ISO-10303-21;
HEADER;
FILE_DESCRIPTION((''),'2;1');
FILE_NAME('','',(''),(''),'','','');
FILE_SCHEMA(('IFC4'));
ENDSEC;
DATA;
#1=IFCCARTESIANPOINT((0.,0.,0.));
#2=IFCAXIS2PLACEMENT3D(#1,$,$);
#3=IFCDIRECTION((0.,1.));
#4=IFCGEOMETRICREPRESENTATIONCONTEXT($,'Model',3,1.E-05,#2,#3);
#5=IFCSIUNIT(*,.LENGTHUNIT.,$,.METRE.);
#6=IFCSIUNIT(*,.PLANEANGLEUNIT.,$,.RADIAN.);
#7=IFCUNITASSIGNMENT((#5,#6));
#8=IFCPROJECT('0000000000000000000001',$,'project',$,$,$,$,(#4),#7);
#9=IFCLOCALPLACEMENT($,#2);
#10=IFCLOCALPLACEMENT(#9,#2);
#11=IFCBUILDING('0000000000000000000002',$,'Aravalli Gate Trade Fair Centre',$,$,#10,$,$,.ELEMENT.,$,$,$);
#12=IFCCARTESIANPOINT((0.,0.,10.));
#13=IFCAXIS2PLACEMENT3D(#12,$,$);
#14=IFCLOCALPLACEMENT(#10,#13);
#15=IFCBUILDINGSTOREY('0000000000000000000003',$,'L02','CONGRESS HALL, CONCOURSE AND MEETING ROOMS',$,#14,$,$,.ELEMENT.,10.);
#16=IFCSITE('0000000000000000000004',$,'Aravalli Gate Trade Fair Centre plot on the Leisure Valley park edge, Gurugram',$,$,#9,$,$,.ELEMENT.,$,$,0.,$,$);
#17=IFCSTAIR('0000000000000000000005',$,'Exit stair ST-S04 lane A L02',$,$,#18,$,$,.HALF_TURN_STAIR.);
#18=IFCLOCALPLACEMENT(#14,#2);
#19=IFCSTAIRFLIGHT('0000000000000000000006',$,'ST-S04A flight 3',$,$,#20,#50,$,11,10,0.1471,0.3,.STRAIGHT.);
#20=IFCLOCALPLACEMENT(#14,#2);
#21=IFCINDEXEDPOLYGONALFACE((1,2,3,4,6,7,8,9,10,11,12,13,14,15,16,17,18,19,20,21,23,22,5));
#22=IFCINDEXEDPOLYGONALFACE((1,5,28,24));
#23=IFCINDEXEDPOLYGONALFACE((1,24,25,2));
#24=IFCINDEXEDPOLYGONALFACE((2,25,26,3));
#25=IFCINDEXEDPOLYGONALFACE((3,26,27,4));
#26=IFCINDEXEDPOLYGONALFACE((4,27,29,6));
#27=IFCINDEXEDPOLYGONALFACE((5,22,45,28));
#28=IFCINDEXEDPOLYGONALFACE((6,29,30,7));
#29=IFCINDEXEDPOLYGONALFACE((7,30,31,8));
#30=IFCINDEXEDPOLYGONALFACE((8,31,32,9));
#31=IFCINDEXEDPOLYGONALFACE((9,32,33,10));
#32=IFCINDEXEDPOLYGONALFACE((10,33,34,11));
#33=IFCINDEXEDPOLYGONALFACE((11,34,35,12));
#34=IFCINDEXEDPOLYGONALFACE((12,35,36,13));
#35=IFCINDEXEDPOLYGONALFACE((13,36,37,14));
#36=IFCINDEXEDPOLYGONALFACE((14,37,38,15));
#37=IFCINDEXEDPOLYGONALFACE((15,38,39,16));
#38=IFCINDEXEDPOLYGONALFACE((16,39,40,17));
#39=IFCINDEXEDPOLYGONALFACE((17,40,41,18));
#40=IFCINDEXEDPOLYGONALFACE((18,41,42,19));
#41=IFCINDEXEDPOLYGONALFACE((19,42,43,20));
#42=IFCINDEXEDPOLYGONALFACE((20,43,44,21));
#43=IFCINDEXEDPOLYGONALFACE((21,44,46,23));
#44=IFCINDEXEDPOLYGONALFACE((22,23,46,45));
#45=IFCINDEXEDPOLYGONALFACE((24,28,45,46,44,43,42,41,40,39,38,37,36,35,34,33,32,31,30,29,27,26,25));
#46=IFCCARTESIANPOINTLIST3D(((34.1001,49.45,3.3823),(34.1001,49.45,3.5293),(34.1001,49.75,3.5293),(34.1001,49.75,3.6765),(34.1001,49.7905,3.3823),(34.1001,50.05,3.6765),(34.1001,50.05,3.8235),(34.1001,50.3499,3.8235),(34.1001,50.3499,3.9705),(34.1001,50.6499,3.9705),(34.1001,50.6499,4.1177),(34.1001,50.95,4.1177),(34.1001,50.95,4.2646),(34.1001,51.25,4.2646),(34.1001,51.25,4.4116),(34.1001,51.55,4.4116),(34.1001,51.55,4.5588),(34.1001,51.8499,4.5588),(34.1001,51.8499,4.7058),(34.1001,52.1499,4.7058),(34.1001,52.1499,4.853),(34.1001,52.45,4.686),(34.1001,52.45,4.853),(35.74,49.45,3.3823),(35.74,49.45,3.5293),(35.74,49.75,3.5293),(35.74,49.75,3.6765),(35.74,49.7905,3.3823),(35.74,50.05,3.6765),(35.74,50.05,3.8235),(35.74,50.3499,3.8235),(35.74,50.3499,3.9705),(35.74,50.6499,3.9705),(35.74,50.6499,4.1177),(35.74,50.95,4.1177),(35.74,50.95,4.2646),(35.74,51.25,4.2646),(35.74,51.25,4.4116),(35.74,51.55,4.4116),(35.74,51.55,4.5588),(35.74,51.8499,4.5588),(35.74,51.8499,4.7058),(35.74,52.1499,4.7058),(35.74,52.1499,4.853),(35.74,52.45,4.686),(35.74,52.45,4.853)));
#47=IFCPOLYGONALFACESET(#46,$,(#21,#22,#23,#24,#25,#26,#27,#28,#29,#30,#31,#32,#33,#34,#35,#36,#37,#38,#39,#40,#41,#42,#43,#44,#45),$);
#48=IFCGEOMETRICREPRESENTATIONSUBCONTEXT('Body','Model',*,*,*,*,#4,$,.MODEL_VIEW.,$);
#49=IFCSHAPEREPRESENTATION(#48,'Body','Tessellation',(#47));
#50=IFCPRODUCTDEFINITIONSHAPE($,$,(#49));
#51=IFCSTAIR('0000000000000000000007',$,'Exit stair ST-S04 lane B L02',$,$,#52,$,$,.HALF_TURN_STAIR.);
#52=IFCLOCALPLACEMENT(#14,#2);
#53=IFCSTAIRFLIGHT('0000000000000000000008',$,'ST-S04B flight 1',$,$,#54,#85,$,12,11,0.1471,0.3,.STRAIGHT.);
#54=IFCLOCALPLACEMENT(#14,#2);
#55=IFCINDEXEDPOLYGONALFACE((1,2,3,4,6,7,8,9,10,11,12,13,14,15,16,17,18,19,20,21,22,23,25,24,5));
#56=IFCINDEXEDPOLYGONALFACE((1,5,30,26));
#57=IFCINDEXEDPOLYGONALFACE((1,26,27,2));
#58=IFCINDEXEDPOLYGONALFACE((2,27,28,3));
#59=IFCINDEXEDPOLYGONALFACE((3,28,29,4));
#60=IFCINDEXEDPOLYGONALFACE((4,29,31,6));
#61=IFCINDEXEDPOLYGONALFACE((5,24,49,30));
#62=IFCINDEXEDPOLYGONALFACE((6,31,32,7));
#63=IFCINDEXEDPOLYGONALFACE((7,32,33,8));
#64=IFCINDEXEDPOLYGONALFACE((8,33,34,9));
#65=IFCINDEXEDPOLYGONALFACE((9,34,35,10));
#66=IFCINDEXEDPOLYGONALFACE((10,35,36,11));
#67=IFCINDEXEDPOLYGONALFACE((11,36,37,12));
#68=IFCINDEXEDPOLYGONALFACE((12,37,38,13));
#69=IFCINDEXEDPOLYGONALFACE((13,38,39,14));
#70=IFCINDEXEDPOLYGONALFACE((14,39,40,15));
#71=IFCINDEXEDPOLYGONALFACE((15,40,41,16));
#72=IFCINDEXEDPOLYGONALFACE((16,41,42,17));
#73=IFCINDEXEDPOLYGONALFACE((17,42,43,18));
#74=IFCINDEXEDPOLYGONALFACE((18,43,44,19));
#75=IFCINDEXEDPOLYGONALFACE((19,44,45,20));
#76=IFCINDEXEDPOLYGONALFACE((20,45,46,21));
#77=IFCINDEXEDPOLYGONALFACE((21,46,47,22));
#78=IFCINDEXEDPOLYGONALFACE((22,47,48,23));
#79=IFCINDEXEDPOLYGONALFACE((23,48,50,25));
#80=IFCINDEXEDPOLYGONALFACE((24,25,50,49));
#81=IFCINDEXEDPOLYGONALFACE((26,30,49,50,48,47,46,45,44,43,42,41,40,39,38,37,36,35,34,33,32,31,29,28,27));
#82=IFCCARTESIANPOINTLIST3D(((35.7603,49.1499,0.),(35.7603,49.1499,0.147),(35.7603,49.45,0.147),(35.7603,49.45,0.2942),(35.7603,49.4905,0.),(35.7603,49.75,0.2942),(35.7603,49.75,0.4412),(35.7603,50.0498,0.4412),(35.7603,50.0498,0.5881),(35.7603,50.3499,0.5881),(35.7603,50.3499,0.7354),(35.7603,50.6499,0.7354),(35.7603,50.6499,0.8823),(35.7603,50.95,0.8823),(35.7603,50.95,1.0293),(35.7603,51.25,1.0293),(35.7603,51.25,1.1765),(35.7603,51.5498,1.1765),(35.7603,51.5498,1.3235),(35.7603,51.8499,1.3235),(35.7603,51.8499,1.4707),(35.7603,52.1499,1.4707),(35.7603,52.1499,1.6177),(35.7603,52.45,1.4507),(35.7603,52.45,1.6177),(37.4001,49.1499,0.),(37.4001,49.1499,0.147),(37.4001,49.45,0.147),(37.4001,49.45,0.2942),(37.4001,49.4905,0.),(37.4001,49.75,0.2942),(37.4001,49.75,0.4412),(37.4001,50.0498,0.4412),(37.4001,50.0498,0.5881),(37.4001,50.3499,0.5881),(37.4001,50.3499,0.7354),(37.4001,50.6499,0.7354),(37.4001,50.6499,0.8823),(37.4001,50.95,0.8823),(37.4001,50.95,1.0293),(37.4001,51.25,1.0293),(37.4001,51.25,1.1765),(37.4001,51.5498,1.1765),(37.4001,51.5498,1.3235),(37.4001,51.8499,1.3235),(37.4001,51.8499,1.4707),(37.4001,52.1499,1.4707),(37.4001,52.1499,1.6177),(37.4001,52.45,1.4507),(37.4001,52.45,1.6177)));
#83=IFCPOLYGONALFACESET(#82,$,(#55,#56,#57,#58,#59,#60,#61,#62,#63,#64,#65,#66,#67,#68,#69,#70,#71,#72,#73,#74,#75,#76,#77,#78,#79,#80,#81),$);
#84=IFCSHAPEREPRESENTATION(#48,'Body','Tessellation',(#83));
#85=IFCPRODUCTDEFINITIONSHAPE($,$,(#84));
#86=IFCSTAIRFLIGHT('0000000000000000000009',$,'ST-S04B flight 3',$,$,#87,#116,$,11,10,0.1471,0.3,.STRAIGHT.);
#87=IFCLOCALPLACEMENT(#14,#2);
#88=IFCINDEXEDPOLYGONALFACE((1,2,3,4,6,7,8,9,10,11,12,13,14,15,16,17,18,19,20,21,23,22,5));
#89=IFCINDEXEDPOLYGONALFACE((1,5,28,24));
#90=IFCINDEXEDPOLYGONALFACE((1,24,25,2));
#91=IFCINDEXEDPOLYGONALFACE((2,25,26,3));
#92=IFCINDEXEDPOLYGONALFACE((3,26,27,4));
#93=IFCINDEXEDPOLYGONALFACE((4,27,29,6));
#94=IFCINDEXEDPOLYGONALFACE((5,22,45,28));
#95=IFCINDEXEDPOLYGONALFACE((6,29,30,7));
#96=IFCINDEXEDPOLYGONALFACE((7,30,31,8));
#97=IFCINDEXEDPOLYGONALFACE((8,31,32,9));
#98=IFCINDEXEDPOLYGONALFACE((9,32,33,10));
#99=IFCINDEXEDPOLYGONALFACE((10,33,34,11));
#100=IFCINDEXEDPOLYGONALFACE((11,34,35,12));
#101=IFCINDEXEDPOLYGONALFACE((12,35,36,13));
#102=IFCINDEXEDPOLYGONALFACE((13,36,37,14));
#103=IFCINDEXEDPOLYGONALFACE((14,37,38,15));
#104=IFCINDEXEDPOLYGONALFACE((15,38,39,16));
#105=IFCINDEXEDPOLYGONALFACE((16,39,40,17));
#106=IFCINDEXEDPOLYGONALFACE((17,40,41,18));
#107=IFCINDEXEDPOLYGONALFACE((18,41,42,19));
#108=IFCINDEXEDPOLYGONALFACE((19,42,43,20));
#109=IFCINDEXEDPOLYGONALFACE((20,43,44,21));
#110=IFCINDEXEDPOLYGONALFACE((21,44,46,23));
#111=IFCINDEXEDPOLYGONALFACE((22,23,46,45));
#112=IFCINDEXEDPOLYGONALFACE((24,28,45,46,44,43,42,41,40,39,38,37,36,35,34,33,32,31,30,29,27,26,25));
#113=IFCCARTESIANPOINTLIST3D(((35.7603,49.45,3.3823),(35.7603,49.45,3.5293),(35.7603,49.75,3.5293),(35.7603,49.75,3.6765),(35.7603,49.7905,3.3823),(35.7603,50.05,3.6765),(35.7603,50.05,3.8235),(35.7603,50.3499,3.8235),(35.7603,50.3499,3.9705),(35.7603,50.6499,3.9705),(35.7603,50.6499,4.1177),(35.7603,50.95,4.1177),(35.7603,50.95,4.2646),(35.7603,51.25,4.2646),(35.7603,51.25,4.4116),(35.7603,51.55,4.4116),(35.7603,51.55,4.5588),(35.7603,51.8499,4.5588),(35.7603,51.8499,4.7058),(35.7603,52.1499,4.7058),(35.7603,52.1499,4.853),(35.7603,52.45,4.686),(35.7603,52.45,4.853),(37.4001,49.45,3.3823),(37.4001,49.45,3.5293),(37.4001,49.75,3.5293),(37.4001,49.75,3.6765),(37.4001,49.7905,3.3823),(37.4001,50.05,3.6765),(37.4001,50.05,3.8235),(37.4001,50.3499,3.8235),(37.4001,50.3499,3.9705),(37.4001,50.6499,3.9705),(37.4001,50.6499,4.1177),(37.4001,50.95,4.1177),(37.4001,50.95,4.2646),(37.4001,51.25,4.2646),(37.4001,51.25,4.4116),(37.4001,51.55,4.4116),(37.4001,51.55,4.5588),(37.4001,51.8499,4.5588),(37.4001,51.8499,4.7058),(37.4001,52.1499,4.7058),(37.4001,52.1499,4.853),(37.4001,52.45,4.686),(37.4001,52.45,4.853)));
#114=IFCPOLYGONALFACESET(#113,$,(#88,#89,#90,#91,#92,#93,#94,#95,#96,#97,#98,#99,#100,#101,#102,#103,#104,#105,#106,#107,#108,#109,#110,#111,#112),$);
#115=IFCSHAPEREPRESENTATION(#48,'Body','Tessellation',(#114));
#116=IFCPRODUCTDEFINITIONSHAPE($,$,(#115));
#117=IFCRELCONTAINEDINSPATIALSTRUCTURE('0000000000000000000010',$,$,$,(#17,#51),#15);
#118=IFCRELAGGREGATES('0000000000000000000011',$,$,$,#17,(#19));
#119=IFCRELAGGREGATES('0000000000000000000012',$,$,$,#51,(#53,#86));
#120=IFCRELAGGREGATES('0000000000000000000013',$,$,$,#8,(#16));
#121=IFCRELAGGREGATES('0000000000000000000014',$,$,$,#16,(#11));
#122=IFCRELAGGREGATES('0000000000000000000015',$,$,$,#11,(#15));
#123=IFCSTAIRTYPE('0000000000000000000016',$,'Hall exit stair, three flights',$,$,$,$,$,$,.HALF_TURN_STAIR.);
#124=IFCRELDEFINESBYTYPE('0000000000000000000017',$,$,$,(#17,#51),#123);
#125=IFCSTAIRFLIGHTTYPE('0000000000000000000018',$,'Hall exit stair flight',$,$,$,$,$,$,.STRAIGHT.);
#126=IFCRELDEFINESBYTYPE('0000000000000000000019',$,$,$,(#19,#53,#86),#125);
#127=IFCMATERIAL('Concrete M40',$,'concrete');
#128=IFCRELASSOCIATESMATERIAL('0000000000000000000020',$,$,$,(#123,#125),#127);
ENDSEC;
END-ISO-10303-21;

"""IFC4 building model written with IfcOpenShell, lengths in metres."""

from ifc_helpers import new_model, si_unit, direction, frame, origin, place, context, subcontext, project, spatial, polyline, outline, extrude, material, type_object, element, aggregate, save


model = new_model("IFC4")

# Units and contexts
model_context = context("Model", 3, precision=1e-05, world=origin(), true_north=direction((0.0, 1.0)))
body_context = subcontext(model_context, "Body", "Model", "MODEL_VIEW")
ifc_project = project(units=[si_unit("LENGTHUNIT", "METRE"), si_unit("PLANEANGLEUNIT", "RADIAN")], contexts=[model_context])

# Site, building, storey
site_placement = place(None, origin())
site = spatial("IfcSite", under=ifc_project, at=site_placement, Name="Aravalli Gate Trade Fair Centre plot on the Leisure Valley park edge, Gurugram", CompositionType="ELEMENT", RefElevation=0.0)
building_placement = place(site_placement, origin())
building = spatial("IfcBuilding", under=site, at=building_placement, Name="Aravalli Gate Trade Fair Centre", CompositionType="ELEMENT")
storey_placement = place(building_placement, frame((0.0, 0.0, 10.0)))
storey = spatial("IfcBuildingStorey", under=building, at=storey_placement, Name="L02", Description="CONGRESS HALL, CONCOURSE AND MEETING ROOMS", CompositionType="ELEMENT", Elevation=10.0)

# Stairs, stair flights
ifc_material_1 = material(Name="Concrete M40", Category="concrete")
stair_type = type_object("IfcStairType", Name="Hall exit stair, three flights", PredefinedType="HALF_TURN_STAIR", material=ifc_material_1)
stair_1_placement = place(storey_placement, origin())
stair_1 = element("IfcStair", 1, at=stair_1_placement, inside=storey, type_object=stair_type, Name="Exit stair ST-S04 lane A L02", PredefinedType="HALF_TURN_STAIR")
stair_flight_type = type_object("IfcStairFlightType", Name="Hall exit stair flight", PredefinedType="STRAIGHT", material=ifc_material_1)
stair_flight_1_placement = place(storey_placement, frame((34.9199, 49.45, 3.3823), z_axis=(0.0, 0.0, 1.0), x_axis=(0.0, 1.0, 0.0)))
stair_flight_1 = element("IfcStairFlight", 2, at=stair_flight_1_placement, type_object=stair_flight_type, Name="ST-S04A flight 3", NumberOfRisers=11, NumberOfTreads=10, PredefinedType="STRAIGHT", RiserHeight=0.1471, TreadLength=0.3, context=body_context, shape_type="SweptSolid", body=[
    extrude(outline(polyline([(0.0, 0.0), (0.0, 0.147), (0.3, 0.147), (0.3, 0.2942), (0.6001, 0.2942), (0.6001, 0.4412), (0.8999, 0.4412), (0.8999, 0.5881), (1.2, 0.5881), (1.2, 0.7354), (1.5, 0.7354), (1.5, 0.8823), (1.8, 0.8823), (1.8, 1.0293), (2.1001, 1.0293), (2.1001, 1.1765), (2.3999, 1.1765), (2.3999, 1.3235), (2.7, 1.3235), (2.7, 1.4707), (3.0, 1.4707), (3.0, 1.6177), (3.0, 1.3037), (0.3406, 0.0), (0.0, 0.0)])), frame((0.0, 0.8198, 0.0), z_axis=(0.0, -1.0, 0.0), x_axis=(1.0, 0.0, 0.0)), (0.0, 0.0, 1.0), 1.6399),
])
aggregate(stair_1, [stair_flight_1])
stair_2_placement = place(storey_placement, origin())
stair_2 = element("IfcStair", 3, at=stair_2_placement, inside=storey, type_object=stair_type, Name="Exit stair ST-S04 lane B L02", PredefinedType="HALF_TURN_STAIR")
stair_flight_2_placement = place(storey_placement, frame((36.5801, 49.1499, 0.0), z_axis=(0.0, 0.0, 1.0), x_axis=(0.0, 1.0, 0.0)))
stair_flight_2 = element("IfcStairFlight", 4, at=stair_flight_2_placement, type_object=stair_flight_type, Name="ST-S04B flight 1", NumberOfRisers=12, NumberOfTreads=11, PredefinedType="STRAIGHT", RiserHeight=0.1471, TreadLength=0.3, context=body_context, shape_type="SweptSolid", body=[
    extrude(outline(polyline([(0.0, 0.0), (0.0, 0.147), (0.3, 0.147), (0.3, 0.2942), (0.6001, 0.2942), (0.6001, 0.4412), (0.8999, 0.4412), (0.8999, 0.5881), (1.2, 0.5881), (1.2, 0.7354), (1.5, 0.7354), (1.5, 0.8823), (1.8, 0.8823), (1.8, 1.0293), (2.1001, 1.0293), (2.1001, 1.1765), (2.3999, 1.1765), (2.3999, 1.3235), (2.7, 1.3235), (2.7, 1.4707), (3.0, 1.4707), (3.0, 1.6177), (3.3, 1.6177), (3.3, 1.7646), (3.3, 1.4507), (0.3406, 0.0), (0.0, 0.0)])), frame((0.0, 0.8198, 0.0), z_axis=(0.0, -1.0, 0.0), x_axis=(1.0, 0.0, 0.0)), (0.0, 0.0, 1.0), 1.6399),
])
stair_flight_3_placement = place(storey_placement, frame((36.5801, 49.45, 3.3823), z_axis=(0.0, 0.0, 1.0), x_axis=(0.0, 1.0, 0.0)))
stair_flight_3 = element("IfcStairFlight", 5, at=stair_flight_3_placement, type_object=stair_flight_type, Name="ST-S04B flight 3", NumberOfRisers=11, NumberOfTreads=10, PredefinedType="STRAIGHT", RiserHeight=0.1471, TreadLength=0.3, context=body_context, shape_type="SweptSolid", body=[
    extrude(outline(polyline([(0.0, 0.0), (0.0, 0.147), (0.3, 0.147), (0.3, 0.2942), (0.6001, 0.2942), (0.6001, 0.4412), (0.8999, 0.4412), (0.8999, 0.5881), (1.2, 0.5881), (1.2, 0.7354), (1.5, 0.7354), (1.5, 0.8823), (1.8, 0.8823), (1.8, 1.0293), (2.1001, 1.0293), (2.1001, 1.1765), (2.3999, 1.1765), (2.3999, 1.3235), (2.7, 1.3235), (2.7, 1.4707), (3.0, 1.4707), (3.0, 1.6177), (3.0, 1.3037), (0.3406, 0.0), (0.0, 0.0)])), frame((0.0, 0.8198, 0.0), z_axis=(0.0, -1.0, 0.0), x_axis=(1.0, 0.0, 0.0)), (0.0, 0.0, 1.0), 1.6399),
])
aggregate(stair_2, [stair_flight_2, stair_flight_3])

save(model, "model.ifc")
